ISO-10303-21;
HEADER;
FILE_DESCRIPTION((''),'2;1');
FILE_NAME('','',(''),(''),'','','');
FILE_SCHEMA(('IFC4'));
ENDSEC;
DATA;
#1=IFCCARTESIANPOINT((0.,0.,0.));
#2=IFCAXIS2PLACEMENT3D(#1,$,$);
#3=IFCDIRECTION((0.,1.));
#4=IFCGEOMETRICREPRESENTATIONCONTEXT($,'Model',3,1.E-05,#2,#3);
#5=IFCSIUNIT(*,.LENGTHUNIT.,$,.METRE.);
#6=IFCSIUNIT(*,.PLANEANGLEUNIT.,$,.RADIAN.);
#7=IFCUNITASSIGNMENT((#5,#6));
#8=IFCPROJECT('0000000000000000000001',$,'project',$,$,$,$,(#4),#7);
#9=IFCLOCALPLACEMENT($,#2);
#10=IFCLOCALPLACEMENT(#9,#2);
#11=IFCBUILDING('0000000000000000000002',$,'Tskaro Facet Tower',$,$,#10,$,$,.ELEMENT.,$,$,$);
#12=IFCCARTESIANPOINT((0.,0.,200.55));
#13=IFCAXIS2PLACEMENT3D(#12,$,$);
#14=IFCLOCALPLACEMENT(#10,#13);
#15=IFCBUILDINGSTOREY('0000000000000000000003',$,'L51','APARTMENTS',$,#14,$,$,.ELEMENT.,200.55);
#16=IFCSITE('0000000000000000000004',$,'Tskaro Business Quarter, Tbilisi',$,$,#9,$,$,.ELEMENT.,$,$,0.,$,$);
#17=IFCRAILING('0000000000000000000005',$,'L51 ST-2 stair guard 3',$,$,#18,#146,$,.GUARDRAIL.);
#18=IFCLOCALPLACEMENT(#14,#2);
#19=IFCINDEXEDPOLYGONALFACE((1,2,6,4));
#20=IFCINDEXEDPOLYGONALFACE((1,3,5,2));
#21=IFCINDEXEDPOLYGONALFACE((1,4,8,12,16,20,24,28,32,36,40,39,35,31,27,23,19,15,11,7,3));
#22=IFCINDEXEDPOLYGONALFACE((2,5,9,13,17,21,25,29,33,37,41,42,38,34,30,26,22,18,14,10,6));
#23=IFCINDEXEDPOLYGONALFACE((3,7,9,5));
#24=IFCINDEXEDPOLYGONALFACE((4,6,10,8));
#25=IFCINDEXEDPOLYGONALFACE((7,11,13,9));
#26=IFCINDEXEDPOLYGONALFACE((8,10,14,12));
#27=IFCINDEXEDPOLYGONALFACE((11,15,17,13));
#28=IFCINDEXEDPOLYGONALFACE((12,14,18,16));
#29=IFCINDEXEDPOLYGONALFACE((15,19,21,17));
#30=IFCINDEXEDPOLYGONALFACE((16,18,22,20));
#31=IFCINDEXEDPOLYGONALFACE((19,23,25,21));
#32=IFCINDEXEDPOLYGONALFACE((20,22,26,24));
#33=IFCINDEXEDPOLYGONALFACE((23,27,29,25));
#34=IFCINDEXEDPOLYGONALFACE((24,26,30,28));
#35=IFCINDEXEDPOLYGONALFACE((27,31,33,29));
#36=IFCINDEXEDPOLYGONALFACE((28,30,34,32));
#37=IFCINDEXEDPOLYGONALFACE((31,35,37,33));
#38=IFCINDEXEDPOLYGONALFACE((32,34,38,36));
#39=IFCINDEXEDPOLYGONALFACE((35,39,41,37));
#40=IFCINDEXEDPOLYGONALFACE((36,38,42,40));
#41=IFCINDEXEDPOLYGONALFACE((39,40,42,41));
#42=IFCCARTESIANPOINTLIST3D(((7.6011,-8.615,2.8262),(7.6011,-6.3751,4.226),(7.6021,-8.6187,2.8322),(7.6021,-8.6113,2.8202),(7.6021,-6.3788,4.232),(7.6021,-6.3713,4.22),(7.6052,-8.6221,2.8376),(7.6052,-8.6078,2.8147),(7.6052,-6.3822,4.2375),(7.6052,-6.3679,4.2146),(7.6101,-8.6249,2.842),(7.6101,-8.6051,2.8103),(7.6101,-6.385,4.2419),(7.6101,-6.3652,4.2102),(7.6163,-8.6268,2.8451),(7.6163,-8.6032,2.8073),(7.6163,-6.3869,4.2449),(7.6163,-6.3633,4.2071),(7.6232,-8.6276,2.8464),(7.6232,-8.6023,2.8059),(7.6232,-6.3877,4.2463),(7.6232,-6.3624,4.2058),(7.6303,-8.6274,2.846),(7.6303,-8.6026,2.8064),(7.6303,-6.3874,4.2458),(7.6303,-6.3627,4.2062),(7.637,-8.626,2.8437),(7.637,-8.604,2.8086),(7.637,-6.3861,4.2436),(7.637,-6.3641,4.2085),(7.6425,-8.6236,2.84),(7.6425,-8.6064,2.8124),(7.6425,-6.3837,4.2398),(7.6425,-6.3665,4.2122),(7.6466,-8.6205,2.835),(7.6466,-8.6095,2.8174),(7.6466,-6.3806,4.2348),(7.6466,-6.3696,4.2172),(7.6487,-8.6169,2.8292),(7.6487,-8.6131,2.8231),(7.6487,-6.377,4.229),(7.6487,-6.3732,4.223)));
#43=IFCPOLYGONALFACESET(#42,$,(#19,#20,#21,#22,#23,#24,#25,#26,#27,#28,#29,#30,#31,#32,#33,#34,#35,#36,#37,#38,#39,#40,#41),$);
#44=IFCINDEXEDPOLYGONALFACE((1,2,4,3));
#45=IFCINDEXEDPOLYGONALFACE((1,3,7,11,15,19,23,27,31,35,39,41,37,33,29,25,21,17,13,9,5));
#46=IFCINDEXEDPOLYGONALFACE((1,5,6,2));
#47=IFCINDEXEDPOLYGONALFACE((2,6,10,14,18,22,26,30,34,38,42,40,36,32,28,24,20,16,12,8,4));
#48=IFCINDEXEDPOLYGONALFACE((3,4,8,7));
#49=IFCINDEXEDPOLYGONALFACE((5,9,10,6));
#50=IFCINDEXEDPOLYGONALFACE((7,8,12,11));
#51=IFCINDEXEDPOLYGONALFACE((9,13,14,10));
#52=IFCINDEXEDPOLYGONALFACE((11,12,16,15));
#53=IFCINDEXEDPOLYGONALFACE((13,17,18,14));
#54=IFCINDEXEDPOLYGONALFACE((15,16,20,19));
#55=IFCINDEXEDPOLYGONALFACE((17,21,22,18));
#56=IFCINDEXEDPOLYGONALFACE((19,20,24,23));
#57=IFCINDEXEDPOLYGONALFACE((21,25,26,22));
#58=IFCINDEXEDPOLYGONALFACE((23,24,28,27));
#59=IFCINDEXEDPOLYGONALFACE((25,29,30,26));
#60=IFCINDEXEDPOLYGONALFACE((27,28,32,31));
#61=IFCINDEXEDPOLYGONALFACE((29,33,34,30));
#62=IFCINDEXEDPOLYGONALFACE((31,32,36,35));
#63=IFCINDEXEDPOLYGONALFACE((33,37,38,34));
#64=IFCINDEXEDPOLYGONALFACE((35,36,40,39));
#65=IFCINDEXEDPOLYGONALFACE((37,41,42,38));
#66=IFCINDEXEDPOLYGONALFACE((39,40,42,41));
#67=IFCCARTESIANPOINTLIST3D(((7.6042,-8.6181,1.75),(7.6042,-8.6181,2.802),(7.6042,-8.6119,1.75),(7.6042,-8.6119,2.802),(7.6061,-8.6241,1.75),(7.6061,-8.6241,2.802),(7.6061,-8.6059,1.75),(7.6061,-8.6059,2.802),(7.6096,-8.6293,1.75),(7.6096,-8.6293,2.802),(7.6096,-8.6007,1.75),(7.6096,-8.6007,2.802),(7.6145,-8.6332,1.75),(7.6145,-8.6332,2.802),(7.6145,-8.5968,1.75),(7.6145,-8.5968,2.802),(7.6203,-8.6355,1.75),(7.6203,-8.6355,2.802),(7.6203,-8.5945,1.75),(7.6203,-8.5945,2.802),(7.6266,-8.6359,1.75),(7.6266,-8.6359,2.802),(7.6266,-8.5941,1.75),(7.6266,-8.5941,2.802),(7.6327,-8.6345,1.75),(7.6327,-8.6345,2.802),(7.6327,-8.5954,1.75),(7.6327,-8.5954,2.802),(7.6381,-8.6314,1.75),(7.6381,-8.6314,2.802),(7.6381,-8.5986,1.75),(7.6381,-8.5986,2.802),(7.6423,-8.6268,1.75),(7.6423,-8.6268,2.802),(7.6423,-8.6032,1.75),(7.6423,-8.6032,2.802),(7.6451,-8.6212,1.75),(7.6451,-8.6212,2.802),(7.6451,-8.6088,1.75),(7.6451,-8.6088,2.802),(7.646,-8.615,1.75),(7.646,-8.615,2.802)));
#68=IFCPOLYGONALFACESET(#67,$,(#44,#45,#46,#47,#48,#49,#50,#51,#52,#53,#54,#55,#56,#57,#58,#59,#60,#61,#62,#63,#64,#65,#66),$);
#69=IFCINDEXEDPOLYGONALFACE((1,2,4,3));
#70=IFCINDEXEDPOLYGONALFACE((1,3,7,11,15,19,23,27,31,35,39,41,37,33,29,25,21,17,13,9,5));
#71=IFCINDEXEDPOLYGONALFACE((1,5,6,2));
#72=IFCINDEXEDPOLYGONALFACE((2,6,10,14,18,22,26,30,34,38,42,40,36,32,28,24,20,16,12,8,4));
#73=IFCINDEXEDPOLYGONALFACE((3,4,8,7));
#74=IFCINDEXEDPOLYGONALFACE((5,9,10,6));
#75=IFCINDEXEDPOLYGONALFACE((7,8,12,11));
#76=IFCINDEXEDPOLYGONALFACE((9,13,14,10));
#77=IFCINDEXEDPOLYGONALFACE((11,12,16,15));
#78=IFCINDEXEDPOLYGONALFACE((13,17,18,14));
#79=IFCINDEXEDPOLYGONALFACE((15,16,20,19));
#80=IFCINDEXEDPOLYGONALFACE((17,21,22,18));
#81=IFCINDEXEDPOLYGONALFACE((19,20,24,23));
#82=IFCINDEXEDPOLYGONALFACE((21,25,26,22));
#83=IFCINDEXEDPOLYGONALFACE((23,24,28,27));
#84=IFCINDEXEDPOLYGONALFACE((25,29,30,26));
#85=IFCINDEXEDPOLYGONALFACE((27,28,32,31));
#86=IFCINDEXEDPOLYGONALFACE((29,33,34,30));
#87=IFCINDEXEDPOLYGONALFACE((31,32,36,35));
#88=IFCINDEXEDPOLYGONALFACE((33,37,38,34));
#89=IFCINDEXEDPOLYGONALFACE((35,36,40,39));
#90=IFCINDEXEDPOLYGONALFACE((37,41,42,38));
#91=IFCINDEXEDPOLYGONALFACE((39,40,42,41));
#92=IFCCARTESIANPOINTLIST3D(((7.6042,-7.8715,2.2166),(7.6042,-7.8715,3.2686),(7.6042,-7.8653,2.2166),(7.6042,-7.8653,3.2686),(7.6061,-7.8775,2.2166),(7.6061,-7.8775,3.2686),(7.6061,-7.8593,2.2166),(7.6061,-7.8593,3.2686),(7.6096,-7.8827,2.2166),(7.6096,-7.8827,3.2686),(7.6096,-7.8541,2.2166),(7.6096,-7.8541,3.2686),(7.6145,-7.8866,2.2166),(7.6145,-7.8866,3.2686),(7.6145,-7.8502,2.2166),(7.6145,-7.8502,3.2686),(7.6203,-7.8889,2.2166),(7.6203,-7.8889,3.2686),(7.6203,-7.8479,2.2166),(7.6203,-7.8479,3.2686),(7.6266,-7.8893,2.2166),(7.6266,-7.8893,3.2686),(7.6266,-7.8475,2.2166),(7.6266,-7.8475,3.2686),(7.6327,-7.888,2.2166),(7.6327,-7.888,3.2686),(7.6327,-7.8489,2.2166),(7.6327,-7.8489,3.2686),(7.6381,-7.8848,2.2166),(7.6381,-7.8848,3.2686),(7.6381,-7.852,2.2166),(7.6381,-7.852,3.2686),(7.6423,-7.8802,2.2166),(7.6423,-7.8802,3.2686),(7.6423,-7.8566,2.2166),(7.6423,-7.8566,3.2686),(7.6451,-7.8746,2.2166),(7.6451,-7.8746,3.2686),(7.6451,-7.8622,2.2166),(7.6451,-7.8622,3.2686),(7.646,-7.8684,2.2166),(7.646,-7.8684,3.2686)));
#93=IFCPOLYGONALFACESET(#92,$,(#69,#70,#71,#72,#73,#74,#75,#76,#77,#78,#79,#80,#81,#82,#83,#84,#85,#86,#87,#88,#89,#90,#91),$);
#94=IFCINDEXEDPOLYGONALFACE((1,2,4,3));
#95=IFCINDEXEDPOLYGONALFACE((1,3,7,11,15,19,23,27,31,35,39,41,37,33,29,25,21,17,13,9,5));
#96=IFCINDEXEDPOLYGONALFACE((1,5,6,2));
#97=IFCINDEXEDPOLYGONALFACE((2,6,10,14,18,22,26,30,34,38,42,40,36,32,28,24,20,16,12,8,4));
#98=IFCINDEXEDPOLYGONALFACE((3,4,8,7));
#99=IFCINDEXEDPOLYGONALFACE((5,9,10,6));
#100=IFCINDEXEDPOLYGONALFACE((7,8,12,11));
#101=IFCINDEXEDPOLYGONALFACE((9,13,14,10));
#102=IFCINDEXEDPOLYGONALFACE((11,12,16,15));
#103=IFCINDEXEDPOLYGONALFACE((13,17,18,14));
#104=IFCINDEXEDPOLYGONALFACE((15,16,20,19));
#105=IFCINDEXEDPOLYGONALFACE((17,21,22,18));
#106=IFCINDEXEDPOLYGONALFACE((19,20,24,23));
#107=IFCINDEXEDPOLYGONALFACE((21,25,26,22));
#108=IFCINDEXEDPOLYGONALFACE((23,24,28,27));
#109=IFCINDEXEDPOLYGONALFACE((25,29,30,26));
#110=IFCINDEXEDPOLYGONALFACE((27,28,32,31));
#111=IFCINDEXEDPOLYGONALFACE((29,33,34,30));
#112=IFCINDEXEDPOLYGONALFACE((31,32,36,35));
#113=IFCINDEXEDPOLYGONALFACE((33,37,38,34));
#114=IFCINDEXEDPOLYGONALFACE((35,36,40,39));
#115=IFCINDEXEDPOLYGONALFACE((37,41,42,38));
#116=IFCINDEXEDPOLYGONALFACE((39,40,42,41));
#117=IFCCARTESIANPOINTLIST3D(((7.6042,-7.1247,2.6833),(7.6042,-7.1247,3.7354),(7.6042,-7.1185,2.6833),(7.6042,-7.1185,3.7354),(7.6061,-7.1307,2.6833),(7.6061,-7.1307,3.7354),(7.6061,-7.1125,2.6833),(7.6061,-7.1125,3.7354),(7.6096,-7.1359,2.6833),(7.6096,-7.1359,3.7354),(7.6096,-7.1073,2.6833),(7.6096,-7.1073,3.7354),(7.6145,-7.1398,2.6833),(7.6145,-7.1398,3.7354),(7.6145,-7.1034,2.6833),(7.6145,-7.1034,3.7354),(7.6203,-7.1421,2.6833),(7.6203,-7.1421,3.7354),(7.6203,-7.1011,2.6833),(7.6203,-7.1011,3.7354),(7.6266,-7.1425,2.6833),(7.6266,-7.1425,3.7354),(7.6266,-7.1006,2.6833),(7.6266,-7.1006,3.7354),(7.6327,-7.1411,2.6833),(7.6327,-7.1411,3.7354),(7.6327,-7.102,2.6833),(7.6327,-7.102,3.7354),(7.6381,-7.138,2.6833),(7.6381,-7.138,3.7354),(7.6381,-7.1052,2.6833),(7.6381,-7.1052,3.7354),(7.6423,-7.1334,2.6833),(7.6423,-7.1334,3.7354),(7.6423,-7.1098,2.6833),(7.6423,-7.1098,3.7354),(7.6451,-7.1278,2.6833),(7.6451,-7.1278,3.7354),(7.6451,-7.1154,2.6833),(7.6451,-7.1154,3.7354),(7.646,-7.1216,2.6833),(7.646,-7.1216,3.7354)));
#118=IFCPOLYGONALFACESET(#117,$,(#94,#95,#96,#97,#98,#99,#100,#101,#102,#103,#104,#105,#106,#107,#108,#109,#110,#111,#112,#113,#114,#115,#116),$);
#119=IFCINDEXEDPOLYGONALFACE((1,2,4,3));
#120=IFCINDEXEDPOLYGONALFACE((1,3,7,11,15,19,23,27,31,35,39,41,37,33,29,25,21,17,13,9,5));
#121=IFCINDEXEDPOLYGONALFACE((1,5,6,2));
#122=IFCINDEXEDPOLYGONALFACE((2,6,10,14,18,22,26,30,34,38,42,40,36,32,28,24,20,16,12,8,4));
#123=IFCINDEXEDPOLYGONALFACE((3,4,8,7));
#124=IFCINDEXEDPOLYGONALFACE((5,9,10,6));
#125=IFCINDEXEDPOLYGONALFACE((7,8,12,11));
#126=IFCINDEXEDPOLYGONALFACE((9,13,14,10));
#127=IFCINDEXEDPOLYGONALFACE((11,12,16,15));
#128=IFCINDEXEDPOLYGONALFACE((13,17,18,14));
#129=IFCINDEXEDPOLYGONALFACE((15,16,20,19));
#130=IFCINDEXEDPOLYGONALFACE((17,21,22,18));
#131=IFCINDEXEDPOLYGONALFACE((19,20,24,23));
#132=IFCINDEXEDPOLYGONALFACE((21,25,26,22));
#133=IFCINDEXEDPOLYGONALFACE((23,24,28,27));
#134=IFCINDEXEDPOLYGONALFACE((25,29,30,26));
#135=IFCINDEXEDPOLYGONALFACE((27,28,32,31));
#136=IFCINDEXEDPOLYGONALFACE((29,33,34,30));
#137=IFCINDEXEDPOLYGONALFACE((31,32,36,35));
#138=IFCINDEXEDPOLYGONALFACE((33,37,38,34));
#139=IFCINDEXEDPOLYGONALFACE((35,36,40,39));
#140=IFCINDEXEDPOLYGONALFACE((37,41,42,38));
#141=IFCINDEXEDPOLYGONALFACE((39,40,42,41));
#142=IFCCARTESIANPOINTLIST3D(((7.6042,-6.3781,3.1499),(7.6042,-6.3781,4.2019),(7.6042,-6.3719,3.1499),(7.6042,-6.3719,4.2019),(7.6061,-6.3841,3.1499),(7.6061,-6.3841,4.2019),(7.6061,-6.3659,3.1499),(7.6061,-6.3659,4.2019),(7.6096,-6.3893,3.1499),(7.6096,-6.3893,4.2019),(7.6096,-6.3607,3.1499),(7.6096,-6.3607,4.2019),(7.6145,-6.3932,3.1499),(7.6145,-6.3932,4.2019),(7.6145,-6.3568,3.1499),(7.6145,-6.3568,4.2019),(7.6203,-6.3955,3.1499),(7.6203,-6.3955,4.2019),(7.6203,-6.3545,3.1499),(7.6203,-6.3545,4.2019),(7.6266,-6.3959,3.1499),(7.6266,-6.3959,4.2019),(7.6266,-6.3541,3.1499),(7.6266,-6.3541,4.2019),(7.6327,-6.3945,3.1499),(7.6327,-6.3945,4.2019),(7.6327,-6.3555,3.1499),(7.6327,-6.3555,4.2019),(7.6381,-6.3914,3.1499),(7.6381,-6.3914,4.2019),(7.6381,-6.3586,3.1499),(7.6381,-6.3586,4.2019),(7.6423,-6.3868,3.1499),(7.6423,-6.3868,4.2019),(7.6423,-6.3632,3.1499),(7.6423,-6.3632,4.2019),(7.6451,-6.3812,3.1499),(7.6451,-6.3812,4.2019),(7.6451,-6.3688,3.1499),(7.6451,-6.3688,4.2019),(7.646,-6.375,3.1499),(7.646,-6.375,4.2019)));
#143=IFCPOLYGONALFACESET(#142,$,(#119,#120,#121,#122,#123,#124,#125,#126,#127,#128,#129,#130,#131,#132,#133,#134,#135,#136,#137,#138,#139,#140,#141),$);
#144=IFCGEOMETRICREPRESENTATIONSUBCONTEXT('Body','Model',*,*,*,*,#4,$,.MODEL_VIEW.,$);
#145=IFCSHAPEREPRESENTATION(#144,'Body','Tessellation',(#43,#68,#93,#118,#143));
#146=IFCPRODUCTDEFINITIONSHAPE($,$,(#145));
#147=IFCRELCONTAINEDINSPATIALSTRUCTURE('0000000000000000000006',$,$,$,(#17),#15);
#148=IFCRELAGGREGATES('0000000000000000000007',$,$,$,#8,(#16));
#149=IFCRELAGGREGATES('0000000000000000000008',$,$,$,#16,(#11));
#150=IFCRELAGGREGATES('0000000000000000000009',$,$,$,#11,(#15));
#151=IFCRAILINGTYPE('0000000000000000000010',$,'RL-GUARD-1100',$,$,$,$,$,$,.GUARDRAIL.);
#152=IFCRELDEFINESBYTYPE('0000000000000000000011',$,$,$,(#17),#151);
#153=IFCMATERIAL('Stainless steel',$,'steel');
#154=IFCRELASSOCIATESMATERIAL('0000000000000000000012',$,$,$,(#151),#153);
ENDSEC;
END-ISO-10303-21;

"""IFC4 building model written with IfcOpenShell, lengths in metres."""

from ifc_helpers import new_model, si_unit, direction, frame, origin, origin_2d, place, context, subcontext, project, spatial, circle, extrude, material, type_object, element, save


model = new_model("IFC4")

# Units and contexts
model_context = context("Model", 3, precision=1e-05, world=origin(), true_north=direction((0.0, 1.0)))
body_context = subcontext(model_context, "Body", "Model", "MODEL_VIEW")
ifc_project = project(units=[si_unit("LENGTHUNIT", "METRE"), si_unit("PLANEANGLEUNIT", "RADIAN")], contexts=[model_context])

# Site, building, storey
site_placement = place(None, origin())
site = spatial("IfcSite", under=ifc_project, at=site_placement, Name="Tskaro Business Quarter, Tbilisi", CompositionType="ELEMENT", RefElevation=0.0)
building_placement = place(site_placement, origin())
building = spatial("IfcBuilding", under=site, at=building_placement, Name="Tskaro Facet Tower", CompositionType="ELEMENT")
storey_placement = place(building_placement, frame((0.0, 0.0, 200.55)))
storey = spatial("IfcBuildingStorey", under=building, at=storey_placement, Name="L51", Description="APARTMENTS", CompositionType="ELEMENT", Elevation=200.55)

# Railing
ifc_material_1 = material(Name="Stainless steel", Category="steel")
railing_type_1 = type_object("IfcRailingType", Name="RL-GUARD-1100", PredefinedType="GUARDRAIL", material=ifc_material_1)
railing_1_placement = place(storey_placement, frame((7.625, -8.615, 1.75)))
element("IfcRailing", 1, at=railing_1_placement, inside=storey, type_object=railing_type_1, Name="L51 ST-2 stair guard 3", PredefinedType="GUARDRAIL", context=body_context, shape_type="SweptSolid", body=[
    extrude(circle(Radius=0.0239, at=origin_2d()), frame((0.0, 0.0, 1.0762), z_axis=(0.0, 0.848014, 0.529974), x_axis=(-1.0, 0.0, 0.0)), (0.0, 0.0, 1.0), 2.6414),
    extrude(circle(Radius=0.021, at=origin_2d()), origin(), (0.0, 0.0, 1.0), 1.052),
    extrude(circle(Radius=0.021, at=origin_2d()), frame((0.0, 0.7466, 0.4666)), (0.0, 0.0, 1.0), 1.052),
    extrude(circle(Radius=0.021, at=origin_2d()), frame((0.0, 1.4934, 0.9333)), (0.0, 0.0, 1.0), 1.052),
    extrude(circle(Radius=0.021, at=origin_2d()), frame((0.0, 2.24, 1.3999)), (0.0, 0.0, 1.0), 1.052),
])

save(model, "model.ifc")
